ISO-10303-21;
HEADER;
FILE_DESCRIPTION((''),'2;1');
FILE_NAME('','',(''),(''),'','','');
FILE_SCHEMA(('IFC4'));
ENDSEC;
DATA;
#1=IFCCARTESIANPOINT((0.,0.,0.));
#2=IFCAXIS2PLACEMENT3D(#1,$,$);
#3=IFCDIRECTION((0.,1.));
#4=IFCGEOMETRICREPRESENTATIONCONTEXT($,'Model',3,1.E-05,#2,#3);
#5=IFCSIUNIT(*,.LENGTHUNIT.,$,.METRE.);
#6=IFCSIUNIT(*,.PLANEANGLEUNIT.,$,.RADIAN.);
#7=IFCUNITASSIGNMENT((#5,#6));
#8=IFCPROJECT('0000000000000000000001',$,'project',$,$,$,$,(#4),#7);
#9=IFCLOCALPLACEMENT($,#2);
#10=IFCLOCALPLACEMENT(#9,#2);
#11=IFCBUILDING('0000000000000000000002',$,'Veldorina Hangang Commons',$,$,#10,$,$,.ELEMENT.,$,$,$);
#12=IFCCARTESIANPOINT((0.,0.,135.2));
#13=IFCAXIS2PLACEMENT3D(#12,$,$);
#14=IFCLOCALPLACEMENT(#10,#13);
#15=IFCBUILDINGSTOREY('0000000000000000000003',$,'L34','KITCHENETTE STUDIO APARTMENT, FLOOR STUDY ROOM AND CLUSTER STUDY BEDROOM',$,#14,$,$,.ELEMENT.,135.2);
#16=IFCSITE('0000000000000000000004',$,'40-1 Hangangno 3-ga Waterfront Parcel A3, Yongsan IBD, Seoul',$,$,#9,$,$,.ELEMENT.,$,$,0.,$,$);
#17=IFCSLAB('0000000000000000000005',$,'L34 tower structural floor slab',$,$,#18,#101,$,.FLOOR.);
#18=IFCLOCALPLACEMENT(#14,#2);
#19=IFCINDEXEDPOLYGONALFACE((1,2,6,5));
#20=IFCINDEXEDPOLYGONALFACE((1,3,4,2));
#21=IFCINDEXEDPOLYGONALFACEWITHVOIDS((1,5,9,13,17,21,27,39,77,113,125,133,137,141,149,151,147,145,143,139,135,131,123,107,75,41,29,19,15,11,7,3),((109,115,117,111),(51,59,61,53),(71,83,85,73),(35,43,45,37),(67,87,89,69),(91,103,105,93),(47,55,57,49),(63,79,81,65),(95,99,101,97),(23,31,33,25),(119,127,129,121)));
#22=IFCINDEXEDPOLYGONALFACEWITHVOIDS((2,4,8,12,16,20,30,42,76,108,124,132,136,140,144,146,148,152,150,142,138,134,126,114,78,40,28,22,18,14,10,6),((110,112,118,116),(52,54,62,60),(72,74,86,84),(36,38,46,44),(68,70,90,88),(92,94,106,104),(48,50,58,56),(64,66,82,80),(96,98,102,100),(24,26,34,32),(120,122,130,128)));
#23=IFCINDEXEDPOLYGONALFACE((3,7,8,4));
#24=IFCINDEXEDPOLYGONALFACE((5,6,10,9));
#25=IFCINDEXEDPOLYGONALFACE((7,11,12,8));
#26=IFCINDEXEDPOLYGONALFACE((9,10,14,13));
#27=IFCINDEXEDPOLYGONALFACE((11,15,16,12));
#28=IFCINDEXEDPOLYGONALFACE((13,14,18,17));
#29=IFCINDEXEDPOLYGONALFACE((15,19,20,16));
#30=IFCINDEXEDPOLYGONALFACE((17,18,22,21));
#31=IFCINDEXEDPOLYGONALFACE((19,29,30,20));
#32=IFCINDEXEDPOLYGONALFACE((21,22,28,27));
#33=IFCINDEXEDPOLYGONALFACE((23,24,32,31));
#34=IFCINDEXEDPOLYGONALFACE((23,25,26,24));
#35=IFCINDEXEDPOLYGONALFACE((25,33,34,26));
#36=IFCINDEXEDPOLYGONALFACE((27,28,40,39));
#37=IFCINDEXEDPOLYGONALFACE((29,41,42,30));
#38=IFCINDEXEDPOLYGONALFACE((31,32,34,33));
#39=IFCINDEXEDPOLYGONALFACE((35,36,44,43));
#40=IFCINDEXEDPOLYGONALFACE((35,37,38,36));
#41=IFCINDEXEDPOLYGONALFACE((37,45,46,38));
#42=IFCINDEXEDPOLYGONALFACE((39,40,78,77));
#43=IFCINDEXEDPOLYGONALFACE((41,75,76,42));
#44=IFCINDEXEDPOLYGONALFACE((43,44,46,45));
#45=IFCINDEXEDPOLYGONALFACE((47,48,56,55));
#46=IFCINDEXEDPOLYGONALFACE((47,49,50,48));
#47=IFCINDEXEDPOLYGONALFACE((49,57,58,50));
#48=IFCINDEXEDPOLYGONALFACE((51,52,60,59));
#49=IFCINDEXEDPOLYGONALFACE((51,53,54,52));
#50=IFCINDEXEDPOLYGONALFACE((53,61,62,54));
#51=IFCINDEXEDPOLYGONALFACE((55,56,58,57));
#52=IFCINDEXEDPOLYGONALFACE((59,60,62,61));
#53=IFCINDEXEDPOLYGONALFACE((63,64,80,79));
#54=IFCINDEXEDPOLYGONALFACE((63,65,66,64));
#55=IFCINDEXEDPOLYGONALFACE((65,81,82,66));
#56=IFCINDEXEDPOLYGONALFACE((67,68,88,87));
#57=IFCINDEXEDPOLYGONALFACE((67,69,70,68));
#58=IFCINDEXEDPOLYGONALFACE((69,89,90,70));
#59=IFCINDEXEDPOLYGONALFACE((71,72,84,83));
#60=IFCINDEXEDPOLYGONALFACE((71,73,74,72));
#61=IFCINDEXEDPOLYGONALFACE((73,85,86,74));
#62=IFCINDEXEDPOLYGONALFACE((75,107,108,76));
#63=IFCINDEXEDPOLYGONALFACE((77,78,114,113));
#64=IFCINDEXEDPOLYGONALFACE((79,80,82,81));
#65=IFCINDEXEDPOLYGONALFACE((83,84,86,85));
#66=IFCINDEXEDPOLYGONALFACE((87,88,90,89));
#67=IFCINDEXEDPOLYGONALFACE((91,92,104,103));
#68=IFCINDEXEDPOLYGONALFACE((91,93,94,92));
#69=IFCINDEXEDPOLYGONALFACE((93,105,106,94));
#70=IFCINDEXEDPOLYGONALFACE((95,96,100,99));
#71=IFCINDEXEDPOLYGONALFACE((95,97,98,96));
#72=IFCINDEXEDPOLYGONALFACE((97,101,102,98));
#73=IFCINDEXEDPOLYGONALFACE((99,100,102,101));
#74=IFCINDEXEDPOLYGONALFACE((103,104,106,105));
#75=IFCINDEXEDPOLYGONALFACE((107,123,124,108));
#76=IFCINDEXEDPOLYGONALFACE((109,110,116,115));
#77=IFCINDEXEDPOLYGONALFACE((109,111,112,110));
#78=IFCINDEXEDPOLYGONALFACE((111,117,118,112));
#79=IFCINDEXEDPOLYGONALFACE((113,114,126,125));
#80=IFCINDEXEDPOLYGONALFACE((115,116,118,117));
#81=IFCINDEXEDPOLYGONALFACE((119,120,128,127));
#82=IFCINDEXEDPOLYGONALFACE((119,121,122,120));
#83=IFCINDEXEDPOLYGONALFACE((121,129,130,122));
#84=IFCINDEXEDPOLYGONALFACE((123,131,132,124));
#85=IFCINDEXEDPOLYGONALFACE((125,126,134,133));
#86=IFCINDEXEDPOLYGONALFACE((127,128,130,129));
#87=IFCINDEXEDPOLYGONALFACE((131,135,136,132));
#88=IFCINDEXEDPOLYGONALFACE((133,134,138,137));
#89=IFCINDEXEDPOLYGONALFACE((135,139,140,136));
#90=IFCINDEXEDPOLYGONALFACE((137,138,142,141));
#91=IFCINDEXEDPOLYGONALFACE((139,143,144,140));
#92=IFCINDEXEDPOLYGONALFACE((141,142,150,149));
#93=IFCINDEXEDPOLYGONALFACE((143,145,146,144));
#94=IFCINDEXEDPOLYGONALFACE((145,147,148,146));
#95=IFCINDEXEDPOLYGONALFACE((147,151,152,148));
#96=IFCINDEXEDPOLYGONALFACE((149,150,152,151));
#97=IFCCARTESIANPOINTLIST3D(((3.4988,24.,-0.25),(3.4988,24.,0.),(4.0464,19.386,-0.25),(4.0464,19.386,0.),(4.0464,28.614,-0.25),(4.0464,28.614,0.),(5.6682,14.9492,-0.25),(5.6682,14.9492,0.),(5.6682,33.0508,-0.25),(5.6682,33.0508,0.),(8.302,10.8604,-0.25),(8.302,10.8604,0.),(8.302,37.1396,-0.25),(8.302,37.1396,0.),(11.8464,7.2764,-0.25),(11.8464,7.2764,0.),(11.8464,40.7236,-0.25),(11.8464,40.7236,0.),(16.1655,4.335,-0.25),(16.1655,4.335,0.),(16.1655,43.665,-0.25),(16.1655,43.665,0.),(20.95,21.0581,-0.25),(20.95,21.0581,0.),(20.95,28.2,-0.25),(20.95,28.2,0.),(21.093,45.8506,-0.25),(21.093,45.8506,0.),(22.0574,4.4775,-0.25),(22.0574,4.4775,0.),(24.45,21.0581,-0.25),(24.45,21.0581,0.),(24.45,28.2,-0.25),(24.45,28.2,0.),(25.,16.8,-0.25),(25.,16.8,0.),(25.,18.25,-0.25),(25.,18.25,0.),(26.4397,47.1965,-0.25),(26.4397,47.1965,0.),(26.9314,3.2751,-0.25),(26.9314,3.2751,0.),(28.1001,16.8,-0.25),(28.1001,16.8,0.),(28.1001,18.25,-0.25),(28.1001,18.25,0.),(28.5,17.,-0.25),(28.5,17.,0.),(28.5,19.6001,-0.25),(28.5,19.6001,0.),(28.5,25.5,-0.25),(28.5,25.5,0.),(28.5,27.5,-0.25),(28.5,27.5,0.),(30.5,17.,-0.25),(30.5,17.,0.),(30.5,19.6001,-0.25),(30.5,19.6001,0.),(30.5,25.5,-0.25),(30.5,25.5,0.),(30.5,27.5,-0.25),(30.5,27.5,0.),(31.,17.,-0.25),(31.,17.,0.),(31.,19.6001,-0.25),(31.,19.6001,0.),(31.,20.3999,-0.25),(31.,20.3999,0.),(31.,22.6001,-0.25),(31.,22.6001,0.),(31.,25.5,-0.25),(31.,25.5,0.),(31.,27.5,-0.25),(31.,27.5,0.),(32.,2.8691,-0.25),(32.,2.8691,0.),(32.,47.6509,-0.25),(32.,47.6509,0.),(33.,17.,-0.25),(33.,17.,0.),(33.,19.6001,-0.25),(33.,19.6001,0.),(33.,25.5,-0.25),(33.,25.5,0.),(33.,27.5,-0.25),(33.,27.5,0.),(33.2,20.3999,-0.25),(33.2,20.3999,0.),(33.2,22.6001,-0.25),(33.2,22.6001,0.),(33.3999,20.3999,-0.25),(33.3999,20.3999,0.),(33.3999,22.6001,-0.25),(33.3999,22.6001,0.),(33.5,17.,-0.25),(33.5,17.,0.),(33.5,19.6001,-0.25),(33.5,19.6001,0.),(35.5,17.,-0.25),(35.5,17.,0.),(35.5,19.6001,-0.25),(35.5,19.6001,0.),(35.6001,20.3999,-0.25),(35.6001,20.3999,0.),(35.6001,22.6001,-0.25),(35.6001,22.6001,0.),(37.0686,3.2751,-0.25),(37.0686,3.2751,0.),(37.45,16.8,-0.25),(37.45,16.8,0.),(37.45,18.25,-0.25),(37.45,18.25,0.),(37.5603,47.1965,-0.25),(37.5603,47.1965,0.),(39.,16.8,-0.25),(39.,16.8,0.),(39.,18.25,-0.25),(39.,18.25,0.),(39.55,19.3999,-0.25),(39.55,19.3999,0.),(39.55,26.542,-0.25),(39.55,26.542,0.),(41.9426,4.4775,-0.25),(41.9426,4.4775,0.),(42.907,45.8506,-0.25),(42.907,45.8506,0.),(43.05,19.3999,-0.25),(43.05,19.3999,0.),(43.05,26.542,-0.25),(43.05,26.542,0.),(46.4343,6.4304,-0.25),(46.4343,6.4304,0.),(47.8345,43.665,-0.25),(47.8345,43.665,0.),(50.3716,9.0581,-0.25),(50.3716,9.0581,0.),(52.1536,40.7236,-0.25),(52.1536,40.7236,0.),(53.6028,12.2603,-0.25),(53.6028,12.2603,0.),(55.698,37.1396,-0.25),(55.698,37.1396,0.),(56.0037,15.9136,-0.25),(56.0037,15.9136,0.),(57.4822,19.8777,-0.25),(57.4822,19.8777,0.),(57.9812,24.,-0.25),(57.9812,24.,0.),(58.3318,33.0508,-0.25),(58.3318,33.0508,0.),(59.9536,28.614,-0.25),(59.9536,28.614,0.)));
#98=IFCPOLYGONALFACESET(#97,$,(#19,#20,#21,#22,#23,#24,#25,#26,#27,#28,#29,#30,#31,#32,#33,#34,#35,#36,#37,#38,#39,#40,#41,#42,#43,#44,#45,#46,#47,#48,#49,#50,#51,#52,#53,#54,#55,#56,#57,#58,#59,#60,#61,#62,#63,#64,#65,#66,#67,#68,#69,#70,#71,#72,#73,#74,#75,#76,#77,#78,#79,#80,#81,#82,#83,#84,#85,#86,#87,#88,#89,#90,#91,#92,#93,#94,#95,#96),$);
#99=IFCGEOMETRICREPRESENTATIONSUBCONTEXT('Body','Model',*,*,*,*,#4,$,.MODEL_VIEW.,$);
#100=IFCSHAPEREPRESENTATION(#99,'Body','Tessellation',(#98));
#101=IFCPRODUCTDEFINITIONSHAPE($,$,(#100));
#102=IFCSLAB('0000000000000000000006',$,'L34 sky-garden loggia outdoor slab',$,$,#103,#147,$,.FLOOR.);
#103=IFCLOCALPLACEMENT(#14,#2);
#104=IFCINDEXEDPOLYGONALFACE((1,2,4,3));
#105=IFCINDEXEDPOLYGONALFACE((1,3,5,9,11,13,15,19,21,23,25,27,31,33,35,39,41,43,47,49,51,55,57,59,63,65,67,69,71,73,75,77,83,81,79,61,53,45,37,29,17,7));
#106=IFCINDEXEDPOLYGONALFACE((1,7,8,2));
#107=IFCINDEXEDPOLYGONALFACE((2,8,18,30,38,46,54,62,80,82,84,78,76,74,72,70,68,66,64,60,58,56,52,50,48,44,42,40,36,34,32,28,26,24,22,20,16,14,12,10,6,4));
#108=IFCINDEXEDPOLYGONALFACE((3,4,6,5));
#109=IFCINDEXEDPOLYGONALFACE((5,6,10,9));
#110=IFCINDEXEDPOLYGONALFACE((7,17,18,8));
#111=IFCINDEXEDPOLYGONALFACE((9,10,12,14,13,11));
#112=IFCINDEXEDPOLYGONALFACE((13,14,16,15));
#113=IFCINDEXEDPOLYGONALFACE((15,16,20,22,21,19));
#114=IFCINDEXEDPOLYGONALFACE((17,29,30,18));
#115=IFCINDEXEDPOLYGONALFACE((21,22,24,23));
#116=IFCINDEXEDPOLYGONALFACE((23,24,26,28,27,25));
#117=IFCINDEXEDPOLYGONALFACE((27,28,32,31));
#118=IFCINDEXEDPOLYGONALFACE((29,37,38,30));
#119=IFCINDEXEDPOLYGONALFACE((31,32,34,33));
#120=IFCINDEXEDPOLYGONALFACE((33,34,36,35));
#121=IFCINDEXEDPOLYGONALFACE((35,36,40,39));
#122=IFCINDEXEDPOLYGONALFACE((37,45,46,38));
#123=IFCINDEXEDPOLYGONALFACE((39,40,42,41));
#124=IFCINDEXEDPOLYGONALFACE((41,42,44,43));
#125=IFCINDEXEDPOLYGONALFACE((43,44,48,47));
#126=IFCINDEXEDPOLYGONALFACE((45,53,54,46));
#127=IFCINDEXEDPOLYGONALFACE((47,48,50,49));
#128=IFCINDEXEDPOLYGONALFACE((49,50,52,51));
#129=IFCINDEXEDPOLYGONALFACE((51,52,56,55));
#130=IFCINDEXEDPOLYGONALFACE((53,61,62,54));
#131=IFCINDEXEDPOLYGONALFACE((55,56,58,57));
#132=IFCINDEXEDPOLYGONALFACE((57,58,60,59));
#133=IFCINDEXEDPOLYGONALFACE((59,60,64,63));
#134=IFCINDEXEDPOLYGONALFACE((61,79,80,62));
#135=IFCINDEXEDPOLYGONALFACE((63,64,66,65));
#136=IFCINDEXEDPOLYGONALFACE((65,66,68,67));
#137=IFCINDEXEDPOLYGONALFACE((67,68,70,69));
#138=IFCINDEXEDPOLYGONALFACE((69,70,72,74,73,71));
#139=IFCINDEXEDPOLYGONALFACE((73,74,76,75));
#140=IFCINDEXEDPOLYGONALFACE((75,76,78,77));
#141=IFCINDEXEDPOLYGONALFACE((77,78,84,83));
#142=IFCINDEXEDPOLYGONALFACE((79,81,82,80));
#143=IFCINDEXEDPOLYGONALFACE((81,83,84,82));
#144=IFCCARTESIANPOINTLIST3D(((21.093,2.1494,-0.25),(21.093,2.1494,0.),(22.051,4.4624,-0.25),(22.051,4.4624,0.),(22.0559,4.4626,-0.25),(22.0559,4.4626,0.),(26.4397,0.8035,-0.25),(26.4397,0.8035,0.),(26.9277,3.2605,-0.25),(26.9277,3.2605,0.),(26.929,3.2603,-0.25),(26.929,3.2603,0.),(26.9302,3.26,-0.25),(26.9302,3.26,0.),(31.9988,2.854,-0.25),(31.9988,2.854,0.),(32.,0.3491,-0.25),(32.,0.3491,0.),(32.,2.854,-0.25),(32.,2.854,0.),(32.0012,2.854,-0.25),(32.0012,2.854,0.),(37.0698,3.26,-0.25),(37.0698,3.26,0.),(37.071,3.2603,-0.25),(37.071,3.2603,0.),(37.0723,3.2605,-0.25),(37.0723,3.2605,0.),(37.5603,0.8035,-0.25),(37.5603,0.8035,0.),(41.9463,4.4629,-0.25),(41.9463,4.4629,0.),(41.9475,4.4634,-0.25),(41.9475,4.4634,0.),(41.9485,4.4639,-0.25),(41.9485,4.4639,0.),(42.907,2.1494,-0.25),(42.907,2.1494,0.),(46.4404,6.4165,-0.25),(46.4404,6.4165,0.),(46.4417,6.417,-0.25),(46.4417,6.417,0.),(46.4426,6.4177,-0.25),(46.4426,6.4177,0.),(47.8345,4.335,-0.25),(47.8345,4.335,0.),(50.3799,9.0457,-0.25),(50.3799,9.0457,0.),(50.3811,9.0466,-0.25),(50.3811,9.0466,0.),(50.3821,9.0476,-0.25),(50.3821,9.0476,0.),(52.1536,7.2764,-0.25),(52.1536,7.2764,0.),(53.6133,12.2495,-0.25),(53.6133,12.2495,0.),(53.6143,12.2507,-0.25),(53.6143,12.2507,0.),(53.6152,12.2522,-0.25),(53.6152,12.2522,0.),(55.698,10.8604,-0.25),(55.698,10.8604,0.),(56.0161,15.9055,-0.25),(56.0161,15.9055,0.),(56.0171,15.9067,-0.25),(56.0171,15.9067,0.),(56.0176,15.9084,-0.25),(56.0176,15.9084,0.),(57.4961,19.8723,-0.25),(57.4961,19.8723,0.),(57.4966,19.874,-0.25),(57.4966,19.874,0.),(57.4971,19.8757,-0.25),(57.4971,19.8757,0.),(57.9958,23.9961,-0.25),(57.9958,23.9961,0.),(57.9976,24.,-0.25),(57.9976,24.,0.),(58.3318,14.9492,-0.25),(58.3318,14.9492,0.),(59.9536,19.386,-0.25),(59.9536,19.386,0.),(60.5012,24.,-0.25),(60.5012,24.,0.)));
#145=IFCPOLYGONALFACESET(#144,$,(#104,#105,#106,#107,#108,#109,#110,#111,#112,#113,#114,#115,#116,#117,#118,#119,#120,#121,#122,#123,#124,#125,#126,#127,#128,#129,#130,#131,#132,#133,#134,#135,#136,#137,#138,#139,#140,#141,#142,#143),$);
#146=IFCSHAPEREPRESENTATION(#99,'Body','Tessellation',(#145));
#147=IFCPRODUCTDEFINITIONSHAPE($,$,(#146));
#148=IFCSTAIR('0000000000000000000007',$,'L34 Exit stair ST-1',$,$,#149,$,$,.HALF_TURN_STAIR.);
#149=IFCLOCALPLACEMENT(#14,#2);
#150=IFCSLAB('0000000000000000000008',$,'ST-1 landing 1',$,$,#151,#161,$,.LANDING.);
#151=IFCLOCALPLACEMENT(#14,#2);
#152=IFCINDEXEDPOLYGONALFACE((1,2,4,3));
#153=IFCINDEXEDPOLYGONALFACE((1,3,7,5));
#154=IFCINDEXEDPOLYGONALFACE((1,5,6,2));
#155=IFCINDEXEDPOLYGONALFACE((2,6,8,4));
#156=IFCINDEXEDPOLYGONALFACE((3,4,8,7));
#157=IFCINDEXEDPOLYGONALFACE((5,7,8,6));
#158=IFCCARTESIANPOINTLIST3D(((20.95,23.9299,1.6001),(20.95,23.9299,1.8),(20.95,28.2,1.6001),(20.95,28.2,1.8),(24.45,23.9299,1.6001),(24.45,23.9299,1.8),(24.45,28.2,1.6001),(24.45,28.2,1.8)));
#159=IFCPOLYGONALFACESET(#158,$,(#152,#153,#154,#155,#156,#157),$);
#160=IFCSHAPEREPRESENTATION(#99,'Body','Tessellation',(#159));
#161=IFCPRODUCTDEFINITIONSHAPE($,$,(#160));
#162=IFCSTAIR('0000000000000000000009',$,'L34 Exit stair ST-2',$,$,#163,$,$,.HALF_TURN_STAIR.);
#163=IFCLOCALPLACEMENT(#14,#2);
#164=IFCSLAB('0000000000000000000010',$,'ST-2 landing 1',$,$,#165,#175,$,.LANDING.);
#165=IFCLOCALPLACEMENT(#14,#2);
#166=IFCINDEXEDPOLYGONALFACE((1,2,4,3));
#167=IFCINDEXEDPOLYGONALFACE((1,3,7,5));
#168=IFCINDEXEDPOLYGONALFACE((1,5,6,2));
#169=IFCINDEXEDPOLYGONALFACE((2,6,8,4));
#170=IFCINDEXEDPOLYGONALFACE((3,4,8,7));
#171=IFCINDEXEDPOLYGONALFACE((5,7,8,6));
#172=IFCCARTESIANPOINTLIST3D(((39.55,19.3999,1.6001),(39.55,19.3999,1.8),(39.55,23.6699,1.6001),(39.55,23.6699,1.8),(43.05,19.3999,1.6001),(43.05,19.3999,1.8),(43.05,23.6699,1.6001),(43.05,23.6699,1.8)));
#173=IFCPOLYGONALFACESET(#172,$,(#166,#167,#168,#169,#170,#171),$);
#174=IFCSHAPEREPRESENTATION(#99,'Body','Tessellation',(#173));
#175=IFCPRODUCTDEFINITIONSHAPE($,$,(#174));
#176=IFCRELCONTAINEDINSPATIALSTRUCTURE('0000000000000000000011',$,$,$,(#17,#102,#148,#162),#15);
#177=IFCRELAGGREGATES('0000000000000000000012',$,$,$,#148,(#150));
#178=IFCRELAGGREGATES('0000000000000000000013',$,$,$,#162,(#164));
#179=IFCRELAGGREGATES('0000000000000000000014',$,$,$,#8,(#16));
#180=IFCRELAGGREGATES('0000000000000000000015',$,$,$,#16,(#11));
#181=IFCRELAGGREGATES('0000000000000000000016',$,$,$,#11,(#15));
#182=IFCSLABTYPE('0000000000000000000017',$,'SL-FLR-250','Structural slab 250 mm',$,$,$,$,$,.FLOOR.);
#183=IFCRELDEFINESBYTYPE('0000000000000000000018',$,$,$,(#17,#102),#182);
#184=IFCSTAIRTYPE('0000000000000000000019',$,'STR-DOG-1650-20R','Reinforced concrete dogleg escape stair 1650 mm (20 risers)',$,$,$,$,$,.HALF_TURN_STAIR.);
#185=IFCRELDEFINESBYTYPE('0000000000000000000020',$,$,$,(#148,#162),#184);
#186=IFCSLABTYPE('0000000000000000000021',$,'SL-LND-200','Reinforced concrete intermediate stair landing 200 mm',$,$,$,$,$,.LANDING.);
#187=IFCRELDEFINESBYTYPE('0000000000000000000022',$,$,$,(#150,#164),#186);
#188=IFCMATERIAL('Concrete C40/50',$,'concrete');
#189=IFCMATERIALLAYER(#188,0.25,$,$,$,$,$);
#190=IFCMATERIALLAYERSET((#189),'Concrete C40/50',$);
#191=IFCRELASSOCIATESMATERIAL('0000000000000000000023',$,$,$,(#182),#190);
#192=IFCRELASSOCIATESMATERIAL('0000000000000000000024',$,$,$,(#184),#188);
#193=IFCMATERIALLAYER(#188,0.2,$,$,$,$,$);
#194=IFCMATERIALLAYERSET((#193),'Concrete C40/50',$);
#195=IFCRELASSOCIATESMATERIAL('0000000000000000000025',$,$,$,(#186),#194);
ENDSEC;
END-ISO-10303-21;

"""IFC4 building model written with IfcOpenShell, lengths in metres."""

from ifc_helpers import new_model, si_unit, direction, frame, origin, place, context, subcontext, project, spatial, polyline, outline, extrude, material, layer, layer_set, type_object, element, aggregate, save


model = new_model("IFC4")

# Units and contexts
model_context = context("Model", 3, precision=1e-05, world=origin(), true_north=direction((0.0, 1.0)))
body_context = subcontext(model_context, "Body", "Model", "MODEL_VIEW")
ifc_project = project(units=[si_unit("LENGTHUNIT", "METRE"), si_unit("PLANEANGLEUNIT", "RADIAN")], contexts=[model_context])

# Site, building, storey
site_placement = place(None, origin())
site = spatial("IfcSite", under=ifc_project, at=site_placement, Name="40-1 Hangangno 3-ga Waterfront Parcel A3, Yongsan IBD, Seoul", CompositionType="ELEMENT", RefElevation=0.0)
building_placement = place(site_placement, origin())
building = spatial("IfcBuilding", under=site, at=building_placement, Name="Veldorina Hangang Commons", CompositionType="ELEMENT")
storey_placement = place(building_placement, frame((0.0, 0.0, 135.2)))
storey = spatial("IfcBuildingStorey", under=building, at=storey_placement, Name="L34", Description="KITCHENETTE STUDIO APARTMENT, FLOOR STUDY ROOM AND CLUSTER STUDY BEDROOM", CompositionType="ELEMENT", Elevation=135.2)

# Slabs
ifc_material_1 = material(Name="Concrete C40/50", Category="concrete")
ifc_layer_1 = layer(ifc_material_1, 0.25)
ifc_layer_set_1 = layer_set([ifc_layer_1], Name="Concrete C40/50")
slab_type_1 = type_object("IfcSlabType", Name="SL-FLR-250", Description="Structural slab 250 mm", PredefinedType="FLOOR", material=ifc_layer_set_1)
slab_1_placement = place(storey_placement, frame((0.0, 0.0, -0.25)))
element("IfcSlab", 1, at=slab_1_placement, inside=storey, type_object=slab_type_1, Name="L34 tower structural floor slab", PredefinedType="FLOOR", context=body_context, shape_type="SweptSolid", body=[
    extrude(outline(polyline([(57.9812, 24.0), (59.9536, 28.614), (58.3318, 33.0508), (55.698, 37.1396), (52.1536, 40.7236), (47.8345, 43.665), (42.907, 45.8506), (37.5603, 47.1965), (32.0, 47.6509), (26.4397, 47.1965), (21.093, 45.8506), (16.1655, 43.665), (11.8464, 40.7236), (8.302, 37.1396), (5.6682, 33.0508), (4.0464, 28.614), (3.4988, 24.0), (4.0464, 19.386), (5.6682, 14.9492), (8.302, 10.8604), (11.8464, 7.2764), (16.1655, 4.335), (22.0574, 4.4775), (26.9314, 3.2751), (32.0, 2.8691), (37.0686, 3.2751), (41.9426, 4.4775), (46.4343, 6.4304), (50.3716, 9.0581), (53.6028, 12.2603), (56.0037, 15.9136), (57.4822, 19.8777), (57.9812, 24.0)]), holes=[polyline([(20.95, 21.0581), (20.95, 28.2), (24.45, 28.2), (24.45, 21.0581), (20.95, 21.0581)]), polyline([(43.05, 26.542), (43.05, 19.3999), (39.55, 19.3999), (39.55, 26.542), (43.05, 26.542)]), polyline([(28.5, 27.5), (30.5, 27.5), (30.5, 25.5), (28.5, 25.5), (28.5, 27.5)]), polyline([(31.0, 27.5), (33.0, 27.5), (33.0, 25.5), (31.0, 25.5), (31.0, 27.5)]), polyline([(31.0, 22.6001), (33.2, 22.6001), (33.2, 20.3999), (31.0, 20.3999), (31.0, 22.6001)]), polyline([(33.3999, 22.6001), (35.6001, 22.6001), (35.6001, 20.3999), (33.3999, 20.3999), (33.3999, 22.6001)]), polyline([(28.5, 19.6001), (30.5, 19.6001), (30.5, 17.0), (28.5, 17.0), (28.5, 19.6001)]), polyline([(31.0, 19.6001), (33.0, 19.6001), (33.0, 17.0), (31.0, 17.0), (31.0, 19.6001)]), polyline([(33.5, 19.6001), (35.5, 19.6001), (35.5, 17.0), (33.5, 17.0), (33.5, 19.6001)]), polyline([(25.0, 18.25), (28.1001, 18.25), (28.1001, 16.8), (25.0, 16.8), (25.0, 18.25)]), polyline([(37.45, 18.25), (39.0, 18.25), (39.0, 16.8), (37.45, 16.8), (37.45, 18.25)])]), origin(), (0.0, 0.0, 1.0), 0.25),
])
slab_2_placement = place(storey_placement, frame((0.0, 0.0, -0.25)))
element("IfcSlab", 2, at=slab_2_placement, inside=storey, type_object=slab_type_1, Name="L34 sky-garden loggia outdoor slab", PredefinedType="FLOOR", context=body_context, shape_type="SweptSolid", body=[
    extrude(outline(polyline([(60.5012, 24.0), (59.9536, 19.386), (58.3318, 14.9492), (55.698, 10.8604), (52.1536, 7.2764), (47.8345, 4.335), (42.907, 2.1494), (37.5603, 0.8035), (32.0, 0.3491), (26.4397, 0.8035), (21.093, 2.1494), (22.051, 4.4624), (22.0559, 4.4626), (26.9277, 3.2605), (26.929, 3.2603), (26.9302, 3.26), (31.9988, 2.854), (32.0, 2.854), (32.0012, 2.854), (37.0698, 3.26), (37.071, 3.2603), (37.0723, 3.2605), (41.9463, 4.4629), (41.9475, 4.4634), (41.9485, 4.4639), (46.4404, 6.4165), (46.4417, 6.417), (46.4426, 6.4177), (50.3799, 9.0457), (50.3811, 9.0466), (50.3821, 9.0476), (53.6133, 12.2495), (53.6143, 12.2507), (53.6152, 12.2522), (56.0161, 15.9055), (56.0171, 15.9067), (56.0176, 15.9084), (57.4961, 19.8723), (57.4966, 19.874), (57.4971, 19.8757), (57.9958, 23.9961), (57.9976, 24.0), (60.5012, 24.0)])), origin(), (0.0, 0.0, 1.0), 0.25),
])

# Stairs, slabs
stair_type = type_object("IfcStairType", Name="STR-DOG-1650-20R", Description="Reinforced concrete dogleg escape stair 1650 mm (20 risers)", PredefinedType="HALF_TURN_STAIR", material=ifc_material_1)
stair_1_placement = place(storey_placement, origin())
stair_1 = element("IfcStair", 3, at=stair_1_placement, inside=storey, type_object=stair_type, Name="L34 Exit stair ST-1", PredefinedType="HALF_TURN_STAIR")
ifc_layer_2 = layer(ifc_material_1, 0.2)
ifc_layer_set_2 = layer_set([ifc_layer_2], Name="Concrete C40/50")
slab_type_2 = type_object("IfcSlabType", Name="SL-LND-200", Description="Reinforced concrete intermediate stair landing 200 mm", PredefinedType="LANDING", material=ifc_layer_set_2)
slab_3_placement = place(storey_placement, frame((0.0, 0.0, 1.6001)))
slab_3 = element("IfcSlab", 4, at=slab_3_placement, type_object=slab_type_2, Name="ST-1 landing 1", PredefinedType="LANDING", context=body_context, shape_type="SweptSolid", body=[
    extrude(outline(polyline([(24.45, 23.9299), (24.45, 28.2), (20.95, 28.2), (20.95, 23.9299), (24.45, 23.9299)])), origin(), (0.0, 0.0, 1.0), 0.2),
])
aggregate(stair_1, [slab_3])
stair_2_placement = place(storey_placement, origin())
stair_2 = element("IfcStair", 5, at=stair_2_placement, inside=storey, type_object=stair_type, Name="L34 Exit stair ST-2", PredefinedType="HALF_TURN_STAIR")
slab_4_placement = place(storey_placement, frame((0.0, 0.0, 1.6001)))
slab_4 = element("IfcSlab", 6, at=slab_4_placement, type_object=slab_type_2, Name="ST-2 landing 1", PredefinedType="LANDING", context=body_context, shape_type="SweptSolid", body=[
    extrude(outline(polyline([(39.55, 23.6699), (39.55, 19.3999), (43.05, 19.3999), (43.05, 23.6699), (39.55, 23.6699)])), origin(), (0.0, 0.0, 1.0), 0.2),
])
aggregate(stair_2, [slab_4])

save(model, "model.ifc")
